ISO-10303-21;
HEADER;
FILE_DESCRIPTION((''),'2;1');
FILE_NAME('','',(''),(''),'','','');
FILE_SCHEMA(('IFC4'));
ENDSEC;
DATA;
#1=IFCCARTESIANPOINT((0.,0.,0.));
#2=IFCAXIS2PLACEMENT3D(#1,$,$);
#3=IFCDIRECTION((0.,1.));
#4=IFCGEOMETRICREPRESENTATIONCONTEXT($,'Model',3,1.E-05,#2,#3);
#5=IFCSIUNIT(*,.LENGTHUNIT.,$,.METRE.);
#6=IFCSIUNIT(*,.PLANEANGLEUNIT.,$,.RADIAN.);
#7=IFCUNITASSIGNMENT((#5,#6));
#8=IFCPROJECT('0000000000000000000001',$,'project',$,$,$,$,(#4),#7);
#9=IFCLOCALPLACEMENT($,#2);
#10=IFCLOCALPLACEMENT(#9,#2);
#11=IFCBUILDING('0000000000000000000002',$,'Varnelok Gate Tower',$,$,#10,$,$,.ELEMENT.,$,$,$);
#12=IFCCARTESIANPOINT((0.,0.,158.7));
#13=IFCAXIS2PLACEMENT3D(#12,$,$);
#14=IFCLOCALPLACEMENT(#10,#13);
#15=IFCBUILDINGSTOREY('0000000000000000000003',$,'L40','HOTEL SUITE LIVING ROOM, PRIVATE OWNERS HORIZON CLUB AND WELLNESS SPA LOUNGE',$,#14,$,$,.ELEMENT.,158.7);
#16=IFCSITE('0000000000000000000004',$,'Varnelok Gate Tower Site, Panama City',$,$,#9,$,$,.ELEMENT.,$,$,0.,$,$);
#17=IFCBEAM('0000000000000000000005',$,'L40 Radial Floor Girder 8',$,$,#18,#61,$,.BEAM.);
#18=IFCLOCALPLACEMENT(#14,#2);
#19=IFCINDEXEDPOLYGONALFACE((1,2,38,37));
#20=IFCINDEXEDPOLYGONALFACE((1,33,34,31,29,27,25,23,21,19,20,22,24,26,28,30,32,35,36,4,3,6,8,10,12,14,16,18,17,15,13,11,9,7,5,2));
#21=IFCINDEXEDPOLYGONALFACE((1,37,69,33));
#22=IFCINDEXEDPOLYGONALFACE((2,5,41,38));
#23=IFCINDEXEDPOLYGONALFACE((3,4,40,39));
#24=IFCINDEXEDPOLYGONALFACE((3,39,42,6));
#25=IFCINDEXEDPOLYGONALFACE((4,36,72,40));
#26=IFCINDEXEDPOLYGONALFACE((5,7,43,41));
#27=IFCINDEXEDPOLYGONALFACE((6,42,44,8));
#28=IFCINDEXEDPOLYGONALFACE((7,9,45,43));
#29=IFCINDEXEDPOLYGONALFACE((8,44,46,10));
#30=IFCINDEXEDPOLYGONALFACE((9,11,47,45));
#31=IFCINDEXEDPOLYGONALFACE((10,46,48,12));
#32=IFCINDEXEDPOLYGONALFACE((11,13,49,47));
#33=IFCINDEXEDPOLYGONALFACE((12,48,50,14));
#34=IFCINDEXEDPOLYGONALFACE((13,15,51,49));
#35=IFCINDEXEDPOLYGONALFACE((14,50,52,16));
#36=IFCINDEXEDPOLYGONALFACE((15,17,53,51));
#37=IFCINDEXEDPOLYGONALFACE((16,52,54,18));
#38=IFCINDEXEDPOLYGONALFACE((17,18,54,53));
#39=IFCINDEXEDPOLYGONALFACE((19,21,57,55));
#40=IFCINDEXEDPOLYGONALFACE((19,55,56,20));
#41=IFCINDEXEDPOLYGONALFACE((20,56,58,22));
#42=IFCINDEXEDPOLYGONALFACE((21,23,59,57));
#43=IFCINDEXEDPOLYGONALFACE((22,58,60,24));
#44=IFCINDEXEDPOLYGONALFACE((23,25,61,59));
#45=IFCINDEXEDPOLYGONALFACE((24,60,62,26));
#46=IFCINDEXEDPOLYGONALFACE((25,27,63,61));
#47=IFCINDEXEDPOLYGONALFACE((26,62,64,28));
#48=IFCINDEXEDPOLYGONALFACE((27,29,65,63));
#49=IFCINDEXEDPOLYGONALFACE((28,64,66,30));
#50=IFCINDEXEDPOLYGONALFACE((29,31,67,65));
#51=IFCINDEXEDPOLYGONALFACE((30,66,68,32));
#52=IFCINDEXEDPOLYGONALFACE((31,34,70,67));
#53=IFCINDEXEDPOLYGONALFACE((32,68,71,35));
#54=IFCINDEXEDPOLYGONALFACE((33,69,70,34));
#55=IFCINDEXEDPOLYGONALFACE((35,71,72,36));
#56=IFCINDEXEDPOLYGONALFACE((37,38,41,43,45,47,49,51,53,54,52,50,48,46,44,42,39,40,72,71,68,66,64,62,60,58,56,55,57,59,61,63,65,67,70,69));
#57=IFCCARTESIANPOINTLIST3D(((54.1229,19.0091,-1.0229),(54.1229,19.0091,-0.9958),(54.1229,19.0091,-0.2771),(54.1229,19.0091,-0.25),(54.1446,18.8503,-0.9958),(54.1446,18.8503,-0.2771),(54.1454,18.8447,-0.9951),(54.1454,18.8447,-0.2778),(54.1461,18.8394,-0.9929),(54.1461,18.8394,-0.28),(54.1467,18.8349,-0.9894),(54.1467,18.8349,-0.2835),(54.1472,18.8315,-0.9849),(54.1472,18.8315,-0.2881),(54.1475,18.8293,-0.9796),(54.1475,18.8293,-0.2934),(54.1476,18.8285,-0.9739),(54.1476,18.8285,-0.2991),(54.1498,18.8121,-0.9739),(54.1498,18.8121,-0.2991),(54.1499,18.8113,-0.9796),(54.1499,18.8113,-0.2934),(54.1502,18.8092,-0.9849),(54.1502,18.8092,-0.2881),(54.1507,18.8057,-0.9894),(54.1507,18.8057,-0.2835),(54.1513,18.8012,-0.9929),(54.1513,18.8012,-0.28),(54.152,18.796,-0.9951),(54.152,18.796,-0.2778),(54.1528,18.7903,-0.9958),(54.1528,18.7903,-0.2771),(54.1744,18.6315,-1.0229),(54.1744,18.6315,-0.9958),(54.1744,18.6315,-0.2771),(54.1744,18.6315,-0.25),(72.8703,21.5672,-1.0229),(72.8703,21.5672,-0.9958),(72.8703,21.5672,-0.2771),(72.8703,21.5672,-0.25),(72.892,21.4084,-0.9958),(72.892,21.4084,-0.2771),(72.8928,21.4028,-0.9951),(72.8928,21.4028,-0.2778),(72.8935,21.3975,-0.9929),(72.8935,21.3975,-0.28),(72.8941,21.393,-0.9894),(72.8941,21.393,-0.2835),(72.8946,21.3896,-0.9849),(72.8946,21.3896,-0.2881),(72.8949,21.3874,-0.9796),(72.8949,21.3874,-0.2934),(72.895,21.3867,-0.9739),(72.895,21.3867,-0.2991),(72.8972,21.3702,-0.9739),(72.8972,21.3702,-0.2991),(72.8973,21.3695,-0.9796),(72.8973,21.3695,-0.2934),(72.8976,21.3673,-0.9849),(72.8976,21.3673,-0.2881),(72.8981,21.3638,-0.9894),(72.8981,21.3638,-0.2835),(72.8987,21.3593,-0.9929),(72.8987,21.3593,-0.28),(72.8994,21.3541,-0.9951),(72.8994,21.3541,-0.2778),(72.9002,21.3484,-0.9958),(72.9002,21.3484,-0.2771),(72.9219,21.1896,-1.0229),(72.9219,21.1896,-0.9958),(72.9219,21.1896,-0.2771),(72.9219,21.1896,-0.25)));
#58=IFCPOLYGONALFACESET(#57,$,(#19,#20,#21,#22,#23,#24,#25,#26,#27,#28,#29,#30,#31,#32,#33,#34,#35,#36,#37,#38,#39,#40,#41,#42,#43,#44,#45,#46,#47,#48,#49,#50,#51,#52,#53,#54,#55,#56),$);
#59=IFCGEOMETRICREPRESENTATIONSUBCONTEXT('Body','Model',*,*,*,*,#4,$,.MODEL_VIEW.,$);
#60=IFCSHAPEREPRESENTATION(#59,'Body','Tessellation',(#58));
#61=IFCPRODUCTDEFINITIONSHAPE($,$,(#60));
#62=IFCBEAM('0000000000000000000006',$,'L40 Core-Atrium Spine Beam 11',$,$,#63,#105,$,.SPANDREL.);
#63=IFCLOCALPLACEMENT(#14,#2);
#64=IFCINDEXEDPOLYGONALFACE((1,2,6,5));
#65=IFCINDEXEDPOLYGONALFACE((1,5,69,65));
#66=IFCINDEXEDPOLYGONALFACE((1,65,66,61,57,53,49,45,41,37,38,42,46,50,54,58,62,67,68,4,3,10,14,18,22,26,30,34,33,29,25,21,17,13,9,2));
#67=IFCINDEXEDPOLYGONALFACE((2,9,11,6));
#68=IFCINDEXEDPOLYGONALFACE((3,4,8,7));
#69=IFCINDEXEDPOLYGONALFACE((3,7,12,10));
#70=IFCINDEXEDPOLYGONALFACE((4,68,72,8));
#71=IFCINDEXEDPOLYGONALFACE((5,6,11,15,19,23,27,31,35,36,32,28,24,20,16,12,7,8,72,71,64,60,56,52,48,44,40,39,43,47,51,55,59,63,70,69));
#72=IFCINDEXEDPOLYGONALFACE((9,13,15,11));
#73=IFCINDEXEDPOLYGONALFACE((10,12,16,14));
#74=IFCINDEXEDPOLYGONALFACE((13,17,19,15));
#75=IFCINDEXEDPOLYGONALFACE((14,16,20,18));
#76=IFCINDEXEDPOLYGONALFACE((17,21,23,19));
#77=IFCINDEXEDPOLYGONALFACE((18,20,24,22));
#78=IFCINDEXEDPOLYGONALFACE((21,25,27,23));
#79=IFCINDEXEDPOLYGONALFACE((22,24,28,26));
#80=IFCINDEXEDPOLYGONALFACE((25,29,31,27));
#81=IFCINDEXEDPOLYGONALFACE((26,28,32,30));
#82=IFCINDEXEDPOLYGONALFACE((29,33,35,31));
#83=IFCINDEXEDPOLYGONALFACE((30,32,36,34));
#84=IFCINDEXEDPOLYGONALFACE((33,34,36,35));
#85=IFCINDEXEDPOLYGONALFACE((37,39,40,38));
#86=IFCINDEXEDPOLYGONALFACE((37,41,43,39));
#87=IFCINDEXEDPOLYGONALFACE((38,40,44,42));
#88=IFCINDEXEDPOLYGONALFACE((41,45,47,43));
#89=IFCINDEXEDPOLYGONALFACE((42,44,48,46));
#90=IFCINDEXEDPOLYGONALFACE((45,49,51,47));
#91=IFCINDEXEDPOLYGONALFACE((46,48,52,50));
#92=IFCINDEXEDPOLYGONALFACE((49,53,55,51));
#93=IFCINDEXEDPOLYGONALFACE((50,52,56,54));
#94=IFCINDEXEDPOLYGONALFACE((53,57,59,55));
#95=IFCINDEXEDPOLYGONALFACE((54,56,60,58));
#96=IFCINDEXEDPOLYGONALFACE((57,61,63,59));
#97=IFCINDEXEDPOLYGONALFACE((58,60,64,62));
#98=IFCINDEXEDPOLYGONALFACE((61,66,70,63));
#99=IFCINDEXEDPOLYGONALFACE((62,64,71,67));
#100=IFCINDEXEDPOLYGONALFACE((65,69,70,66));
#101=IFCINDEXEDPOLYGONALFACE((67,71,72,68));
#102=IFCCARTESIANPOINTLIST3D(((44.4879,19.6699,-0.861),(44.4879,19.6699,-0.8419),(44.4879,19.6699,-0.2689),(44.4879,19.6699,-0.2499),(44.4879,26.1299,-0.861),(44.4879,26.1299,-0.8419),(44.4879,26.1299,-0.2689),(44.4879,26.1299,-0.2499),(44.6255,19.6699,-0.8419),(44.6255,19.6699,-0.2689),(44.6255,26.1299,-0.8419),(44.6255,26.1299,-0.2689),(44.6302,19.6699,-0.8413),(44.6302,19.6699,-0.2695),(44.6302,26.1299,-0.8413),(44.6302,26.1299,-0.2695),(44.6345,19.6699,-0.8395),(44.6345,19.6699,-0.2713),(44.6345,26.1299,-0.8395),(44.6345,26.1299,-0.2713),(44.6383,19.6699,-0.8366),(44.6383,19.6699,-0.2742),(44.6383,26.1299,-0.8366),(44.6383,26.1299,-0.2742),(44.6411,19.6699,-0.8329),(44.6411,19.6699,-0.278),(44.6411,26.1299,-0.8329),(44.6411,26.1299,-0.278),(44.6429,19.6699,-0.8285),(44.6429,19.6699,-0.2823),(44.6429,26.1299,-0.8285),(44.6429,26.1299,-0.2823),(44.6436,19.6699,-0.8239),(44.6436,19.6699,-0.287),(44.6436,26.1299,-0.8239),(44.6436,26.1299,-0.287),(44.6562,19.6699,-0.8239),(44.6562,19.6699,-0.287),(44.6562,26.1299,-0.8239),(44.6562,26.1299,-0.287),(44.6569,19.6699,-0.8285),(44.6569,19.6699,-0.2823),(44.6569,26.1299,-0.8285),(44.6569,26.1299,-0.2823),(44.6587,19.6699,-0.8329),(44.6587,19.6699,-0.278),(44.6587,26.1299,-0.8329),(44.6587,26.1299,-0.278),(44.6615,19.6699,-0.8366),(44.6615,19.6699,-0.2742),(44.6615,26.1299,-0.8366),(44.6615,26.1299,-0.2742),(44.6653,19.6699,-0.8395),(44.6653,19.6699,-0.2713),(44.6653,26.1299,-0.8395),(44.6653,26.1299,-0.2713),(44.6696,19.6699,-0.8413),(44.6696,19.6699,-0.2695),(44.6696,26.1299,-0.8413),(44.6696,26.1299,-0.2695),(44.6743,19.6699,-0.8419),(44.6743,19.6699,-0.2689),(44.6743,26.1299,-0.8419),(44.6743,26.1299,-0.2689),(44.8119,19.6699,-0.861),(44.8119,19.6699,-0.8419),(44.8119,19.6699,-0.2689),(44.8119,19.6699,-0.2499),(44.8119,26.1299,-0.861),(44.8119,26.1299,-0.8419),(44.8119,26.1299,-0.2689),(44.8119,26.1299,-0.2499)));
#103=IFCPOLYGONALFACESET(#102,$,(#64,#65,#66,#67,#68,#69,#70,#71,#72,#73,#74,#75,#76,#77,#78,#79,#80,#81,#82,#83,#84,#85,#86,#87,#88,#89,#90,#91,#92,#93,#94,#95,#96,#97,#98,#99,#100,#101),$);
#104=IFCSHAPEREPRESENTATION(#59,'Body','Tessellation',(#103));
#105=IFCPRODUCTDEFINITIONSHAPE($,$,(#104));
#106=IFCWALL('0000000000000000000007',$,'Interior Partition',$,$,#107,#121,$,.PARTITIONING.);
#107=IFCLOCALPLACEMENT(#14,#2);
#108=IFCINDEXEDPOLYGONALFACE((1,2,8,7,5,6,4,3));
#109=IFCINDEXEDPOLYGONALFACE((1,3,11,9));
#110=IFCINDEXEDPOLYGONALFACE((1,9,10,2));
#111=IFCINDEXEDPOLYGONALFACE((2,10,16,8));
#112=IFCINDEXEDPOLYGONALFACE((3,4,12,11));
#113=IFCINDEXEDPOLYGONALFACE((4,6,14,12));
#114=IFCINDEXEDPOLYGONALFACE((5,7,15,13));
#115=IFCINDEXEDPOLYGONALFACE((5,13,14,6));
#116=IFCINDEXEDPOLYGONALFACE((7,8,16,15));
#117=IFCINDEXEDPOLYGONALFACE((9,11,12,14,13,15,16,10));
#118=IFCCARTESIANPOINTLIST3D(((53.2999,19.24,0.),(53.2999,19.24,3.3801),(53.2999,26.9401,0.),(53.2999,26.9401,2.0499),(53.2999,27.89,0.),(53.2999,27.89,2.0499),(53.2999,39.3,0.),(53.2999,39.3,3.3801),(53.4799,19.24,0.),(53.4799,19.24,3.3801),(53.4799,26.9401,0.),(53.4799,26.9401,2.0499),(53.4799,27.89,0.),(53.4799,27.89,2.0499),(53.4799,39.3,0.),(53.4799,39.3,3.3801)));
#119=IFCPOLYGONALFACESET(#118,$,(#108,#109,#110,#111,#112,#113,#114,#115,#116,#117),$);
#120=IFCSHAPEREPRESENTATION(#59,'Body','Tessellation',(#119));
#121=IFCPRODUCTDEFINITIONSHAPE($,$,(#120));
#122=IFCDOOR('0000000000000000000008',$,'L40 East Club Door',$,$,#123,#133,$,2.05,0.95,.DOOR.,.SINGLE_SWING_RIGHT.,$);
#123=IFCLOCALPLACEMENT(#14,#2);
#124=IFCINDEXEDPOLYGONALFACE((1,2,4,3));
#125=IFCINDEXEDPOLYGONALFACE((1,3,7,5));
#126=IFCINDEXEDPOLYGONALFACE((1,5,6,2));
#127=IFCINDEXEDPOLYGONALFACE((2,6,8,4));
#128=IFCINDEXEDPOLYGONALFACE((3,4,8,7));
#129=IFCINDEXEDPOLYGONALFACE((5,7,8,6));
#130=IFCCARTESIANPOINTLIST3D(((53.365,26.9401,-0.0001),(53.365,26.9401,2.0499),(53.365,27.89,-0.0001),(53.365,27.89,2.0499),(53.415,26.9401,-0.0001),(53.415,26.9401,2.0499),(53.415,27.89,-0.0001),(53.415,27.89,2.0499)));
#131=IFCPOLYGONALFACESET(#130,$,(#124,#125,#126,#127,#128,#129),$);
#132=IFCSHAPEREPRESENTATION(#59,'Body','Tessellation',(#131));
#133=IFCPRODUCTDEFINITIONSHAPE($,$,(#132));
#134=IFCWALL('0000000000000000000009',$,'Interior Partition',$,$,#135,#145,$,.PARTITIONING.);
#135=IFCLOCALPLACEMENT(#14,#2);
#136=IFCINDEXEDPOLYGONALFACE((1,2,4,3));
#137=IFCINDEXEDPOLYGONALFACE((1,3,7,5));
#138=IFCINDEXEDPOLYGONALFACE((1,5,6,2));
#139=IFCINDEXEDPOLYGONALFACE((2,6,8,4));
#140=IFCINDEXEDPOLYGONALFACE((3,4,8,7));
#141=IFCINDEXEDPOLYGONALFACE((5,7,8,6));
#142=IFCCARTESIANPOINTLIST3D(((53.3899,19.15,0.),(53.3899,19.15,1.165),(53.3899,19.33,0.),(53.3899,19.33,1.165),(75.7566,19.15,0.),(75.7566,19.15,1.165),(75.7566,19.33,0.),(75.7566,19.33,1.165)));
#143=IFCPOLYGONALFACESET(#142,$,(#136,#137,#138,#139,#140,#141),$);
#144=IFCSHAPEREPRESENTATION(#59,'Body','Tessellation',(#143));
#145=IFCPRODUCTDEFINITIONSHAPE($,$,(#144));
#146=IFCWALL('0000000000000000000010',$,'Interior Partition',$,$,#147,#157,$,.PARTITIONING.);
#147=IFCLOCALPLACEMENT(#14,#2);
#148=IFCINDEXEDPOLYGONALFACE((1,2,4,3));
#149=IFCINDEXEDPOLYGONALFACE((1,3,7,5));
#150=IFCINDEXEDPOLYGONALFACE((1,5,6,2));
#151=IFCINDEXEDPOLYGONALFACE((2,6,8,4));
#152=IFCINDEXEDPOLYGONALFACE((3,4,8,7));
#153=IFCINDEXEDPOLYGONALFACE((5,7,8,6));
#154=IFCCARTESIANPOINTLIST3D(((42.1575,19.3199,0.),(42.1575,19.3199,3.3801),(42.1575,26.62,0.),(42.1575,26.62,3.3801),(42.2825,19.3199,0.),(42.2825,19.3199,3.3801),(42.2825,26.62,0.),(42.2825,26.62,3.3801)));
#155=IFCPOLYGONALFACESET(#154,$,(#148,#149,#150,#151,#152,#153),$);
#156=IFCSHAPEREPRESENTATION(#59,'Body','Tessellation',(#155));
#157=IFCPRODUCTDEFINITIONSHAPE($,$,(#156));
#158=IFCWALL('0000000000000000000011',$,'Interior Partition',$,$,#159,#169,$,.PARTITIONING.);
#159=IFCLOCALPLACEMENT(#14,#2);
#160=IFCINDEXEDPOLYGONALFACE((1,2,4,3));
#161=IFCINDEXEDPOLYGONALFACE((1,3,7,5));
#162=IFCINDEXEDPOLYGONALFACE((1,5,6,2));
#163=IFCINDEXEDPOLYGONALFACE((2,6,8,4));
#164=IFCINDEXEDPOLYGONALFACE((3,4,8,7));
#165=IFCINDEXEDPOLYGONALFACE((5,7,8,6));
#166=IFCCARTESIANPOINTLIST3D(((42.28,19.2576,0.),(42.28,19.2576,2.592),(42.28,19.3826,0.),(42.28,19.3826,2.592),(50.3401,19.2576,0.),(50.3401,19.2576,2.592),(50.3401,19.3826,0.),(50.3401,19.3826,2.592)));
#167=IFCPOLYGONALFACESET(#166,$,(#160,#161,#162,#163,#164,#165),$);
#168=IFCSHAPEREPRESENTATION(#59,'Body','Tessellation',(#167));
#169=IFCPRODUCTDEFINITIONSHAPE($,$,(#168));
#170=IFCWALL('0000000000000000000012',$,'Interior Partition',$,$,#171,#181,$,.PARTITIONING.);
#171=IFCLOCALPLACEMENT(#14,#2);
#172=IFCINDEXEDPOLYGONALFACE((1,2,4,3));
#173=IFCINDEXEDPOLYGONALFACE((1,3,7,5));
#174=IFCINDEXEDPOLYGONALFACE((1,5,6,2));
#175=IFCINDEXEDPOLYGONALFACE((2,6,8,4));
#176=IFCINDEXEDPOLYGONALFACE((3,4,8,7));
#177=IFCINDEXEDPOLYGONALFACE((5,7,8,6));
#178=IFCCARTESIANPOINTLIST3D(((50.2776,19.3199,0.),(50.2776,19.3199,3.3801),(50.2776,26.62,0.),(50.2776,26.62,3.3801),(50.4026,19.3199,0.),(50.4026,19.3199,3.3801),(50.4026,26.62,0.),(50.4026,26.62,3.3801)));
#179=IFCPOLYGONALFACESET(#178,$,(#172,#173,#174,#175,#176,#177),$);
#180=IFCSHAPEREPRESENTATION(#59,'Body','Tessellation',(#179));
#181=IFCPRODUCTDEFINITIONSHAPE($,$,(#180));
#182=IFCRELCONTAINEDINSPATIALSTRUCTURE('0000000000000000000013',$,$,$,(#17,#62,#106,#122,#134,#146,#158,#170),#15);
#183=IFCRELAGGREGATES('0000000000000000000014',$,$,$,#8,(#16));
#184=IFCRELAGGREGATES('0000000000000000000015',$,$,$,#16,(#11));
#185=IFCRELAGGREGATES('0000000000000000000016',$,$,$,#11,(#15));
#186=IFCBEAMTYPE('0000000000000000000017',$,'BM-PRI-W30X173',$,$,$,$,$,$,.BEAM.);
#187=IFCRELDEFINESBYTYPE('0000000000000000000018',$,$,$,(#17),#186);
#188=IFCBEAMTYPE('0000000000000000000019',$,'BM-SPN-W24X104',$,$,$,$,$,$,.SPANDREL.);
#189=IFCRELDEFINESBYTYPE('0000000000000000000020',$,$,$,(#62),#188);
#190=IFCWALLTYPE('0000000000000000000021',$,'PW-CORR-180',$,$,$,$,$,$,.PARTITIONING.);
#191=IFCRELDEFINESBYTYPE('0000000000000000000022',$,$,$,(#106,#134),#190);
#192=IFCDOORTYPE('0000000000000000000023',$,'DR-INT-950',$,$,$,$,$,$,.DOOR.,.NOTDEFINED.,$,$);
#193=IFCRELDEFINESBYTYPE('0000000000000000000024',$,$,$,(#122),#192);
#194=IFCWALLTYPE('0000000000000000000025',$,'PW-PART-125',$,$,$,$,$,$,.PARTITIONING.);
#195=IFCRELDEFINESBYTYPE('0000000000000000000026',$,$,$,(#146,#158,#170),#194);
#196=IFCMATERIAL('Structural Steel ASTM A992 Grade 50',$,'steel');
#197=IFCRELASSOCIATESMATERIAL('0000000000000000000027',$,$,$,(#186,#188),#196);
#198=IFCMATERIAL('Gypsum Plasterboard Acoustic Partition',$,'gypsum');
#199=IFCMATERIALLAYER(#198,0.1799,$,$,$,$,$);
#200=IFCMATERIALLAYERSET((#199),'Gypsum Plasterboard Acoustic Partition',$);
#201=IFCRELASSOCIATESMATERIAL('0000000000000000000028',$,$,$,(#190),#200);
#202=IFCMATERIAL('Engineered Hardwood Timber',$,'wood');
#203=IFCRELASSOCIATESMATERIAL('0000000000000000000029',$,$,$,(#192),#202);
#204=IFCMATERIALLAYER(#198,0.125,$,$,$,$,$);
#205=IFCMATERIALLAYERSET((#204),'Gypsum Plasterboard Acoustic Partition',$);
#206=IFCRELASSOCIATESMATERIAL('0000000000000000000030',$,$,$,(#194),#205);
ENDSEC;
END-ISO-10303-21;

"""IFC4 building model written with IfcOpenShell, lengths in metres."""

from ifc_helpers import new_model, si_unit, direction, frame, frame_2d, origin, origin_2d, place, context, subcontext, project, spatial, rectangle, i_section, extrude, material, layer, layer_set, material_profile, profile_set, type_object, element, fill, save


model = new_model("IFC4")

# Units and contexts
model_context = context("Model", 3, precision=1e-05, world=origin(), true_north=direction((0.0, 1.0)))
body_context = subcontext(model_context, "Body", "Model", "MODEL_VIEW")
ifc_project = project(units=[si_unit("LENGTHUNIT", "METRE"), si_unit("PLANEANGLEUNIT", "RADIAN")], contexts=[model_context])

# Site, building, storey
site_placement = place(None, origin())
site = spatial("IfcSite", under=ifc_project, at=site_placement, Name="Varnelok Gate Tower Site, Panama City", CompositionType="ELEMENT", RefElevation=0.0)
building_placement = place(site_placement, origin())
building = spatial("IfcBuilding", under=site, at=building_placement, Name="Varnelok Gate Tower", CompositionType="ELEMENT")
storey_placement = place(building_placement, frame((0.0, 0.0, 158.7)))
storey = spatial("IfcBuildingStorey", under=building, at=storey_placement, Name="L40", Description="HOTEL SUITE LIVING ROOM, PRIVATE OWNERS HORIZON CLUB AND WELLNESS SPA LOUNGE", CompositionType="ELEMENT", Elevation=158.7)

# Shared definitions
ifc_material_1 = material(Name="Structural Steel ASTM A992 Grade 50", Category="steel")

# Beams
ifc_material_profile_1 = material_profile(ifc_material_1, i_section(OverallWidth=0.3811, OverallDepth=0.7729, WebThickness=0.0166, FlangeThickness=0.0271, FilletRadius=0.022, at=origin_2d()), Name="W30X173")
ifc_profile_set_1 = profile_set([ifc_material_profile_1], Name="Structural Steel ASTM A992 Grade 50")
beam_type_1 = type_object("IfcBeamType", Name="BM-PRI-W30X173", PredefinedType="BEAM", material=ifc_profile_set_1)
beam_1_placement = place(storey_placement, frame((54.1487, 18.8203, -0.6365), z_axis=(0.990818, 0.135199, 0.0), x_axis=(-0.135199, 0.990818, 0.0)))
element("IfcBeam", 1, at=beam_1_placement, inside=storey, type_object=beam_type_1, Name="L40 Radial Floor Girder 8", PredefinedType="BEAM", context=body_context, shape_type="SweptSolid", body=[
    extrude(i_section(OverallWidth=0.3811, OverallDepth=0.7729, WebThickness=0.0166, FlangeThickness=0.0271, FilletRadius=0.022, at=origin_2d()), origin(), (0.0, 0.0, 1.0), 18.9211),
])
ifc_material_profile_2 = material_profile(ifc_material_1, i_section(OverallWidth=0.324, OverallDepth=0.6111, WebThickness=0.0127, FlangeThickness=0.019, FilletRadius=0.0181, at=origin_2d()), Name="W24X104")
ifc_profile_set_2 = profile_set([ifc_material_profile_2], Name="Structural Steel ASTM A992 Grade 50")
beam_type_2 = type_object("IfcBeamType", Name="BM-SPN-W24X104", PredefinedType="SPANDREL", material=ifc_profile_set_2)
beam_2_placement = place(storey_placement, frame((44.6499, 19.6699, -0.5554), z_axis=(0.0, 1.0, 0.0), x_axis=(-1.0, 0.0, 0.0)))
element("IfcBeam", 2, at=beam_2_placement, inside=storey, type_object=beam_type_2, Name="L40 Core-Atrium Spine Beam 11", PredefinedType="SPANDREL", context=body_context, shape_type="SweptSolid", body=[
    extrude(i_section(OverallWidth=0.324, OverallDepth=0.6111, WebThickness=0.0127, FlangeThickness=0.019, FilletRadius=0.0181, at=origin_2d()), origin(), (0.0, 0.0, 1.0), 6.46),
])

# Wall, opening, door
ifc_material_2 = material(Name="Gypsum Plasterboard Acoustic Partition", Category="gypsum")
ifc_layer_1 = layer(ifc_material_2, 0.1799)
ifc_layer_set_1 = layer_set([ifc_layer_1], Name="Gypsum Plasterboard Acoustic Partition")
wall_type_1 = type_object("IfcWallType", Name="PW-CORR-180", PredefinedType="PARTITIONING", material=ifc_layer_set_1)
wall_1_placement = place(storey_placement, frame((53.3899, 19.24, 0.0), z_axis=(0.0, 0.0, 1.0), x_axis=(0.0, 1.0, 0.0)))
wall_1 = element("IfcWall", 3, at=wall_1_placement, inside=storey, type_object=wall_type_1, Name="Interior Partition", PredefinedType="PARTITIONING", context=body_context, shape_type="SweptSolid", body=[
    extrude(rectangle(XDim=20.0601, YDim=0.1799, at=frame_2d((10.03, 0.0))), origin(), (0.0, 0.0, 1.0), 3.3801),
])
opening_placement = place(wall_1_placement, frame((7.7, 0.0, 0.0)))
opening = element("IfcOpeningElement", 4, at=opening_placement, cuts=wall_1, PredefinedType="OPENING", context=body_context, shape_type="SweptSolid", body=[
    extrude(rectangle(XDim=0.95, YDim=2.05, at=frame_2d((0.4751, 1.0249))), frame((0.0, 0.0999, 0.0), z_axis=(0.0, -1.0, 0.0), x_axis=(1.0, 0.0, 0.0)), (0.0, 0.0, 1.0), 0.2),
])
ifc_material_3 = material(Name="Engineered Hardwood Timber", Category="wood")
door_type = type_object("IfcDoorType", Name="DR-INT-950", OperationType="NOTDEFINED", PredefinedType="DOOR", material=ifc_material_3)
door_placement = place(opening_placement, origin())
door = element("IfcDoor", 5, at=door_placement, inside=storey, type_object=door_type, Name="L40 East Club Door", OperationType="SINGLE_SWING_RIGHT", OverallHeight=2.05, OverallWidth=0.95, PredefinedType="DOOR", context=body_context, shape_type="SweptSolid", body=[
    extrude(rectangle(XDim=0.95, YDim=2.05, at=frame_2d((0.4751, 1.0249))), frame((0.0, 0.0249, 0.0), z_axis=(0.0, -1.0, 0.0), x_axis=(1.0, 0.0, 0.0)), (0.0, 0.0, 1.0), 0.05),
])
fill(opening, door)

# Walls
wall_2_placement = place(storey_placement, frame((53.3899, 19.24, 0.0), z_axis=(0.0, 0.0, 1.0), x_axis=(1.0, 0.0, 0.0)))
element("IfcWall", 6, at=wall_2_placement, inside=storey, type_object=wall_type_1, Name="Interior Partition", PredefinedType="PARTITIONING", context=body_context, shape_type="SweptSolid", body=[
    extrude(rectangle(XDim=22.3667, YDim=0.1799, at=frame_2d((11.1833, 0.0))), origin(), (0.0, 0.0, 1.0), 1.165),
])
ifc_layer_2 = layer(ifc_material_2, 0.125)
ifc_layer_set_2 = layer_set([ifc_layer_2], Name="Gypsum Plasterboard Acoustic Partition")
wall_type_2 = type_object("IfcWallType", Name="PW-PART-125", PredefinedType="PARTITIONING", material=ifc_layer_set_2)
wall_3_placement = place(storey_placement, frame((42.22, 19.3201, 0.0), z_axis=(0.0, 0.0, 1.0), x_axis=(0.0, 1.0, 0.0)))
element("IfcWall", 7, at=wall_3_placement, inside=storey, type_object=wall_type_2, Name="Interior Partition", PredefinedType="PARTITIONING", context=body_context, shape_type="SweptSolid", body=[
    extrude(rectangle(XDim=7.3, YDim=0.125, at=frame_2d((3.6499, 0.0))), origin(), (0.0, 0.0, 1.0), 3.3801),
])
wall_4_placement = place(storey_placement, frame((42.28, 19.3201, 0.0), z_axis=(0.0, 0.0, 1.0), x_axis=(1.0, 0.0, 0.0)))
element("IfcWall", 8, at=wall_4_placement, inside=storey, type_object=wall_type_2, Name="Interior Partition", PredefinedType="PARTITIONING", context=body_context, shape_type="SweptSolid", body=[
    extrude(rectangle(XDim=8.0601, YDim=0.125, at=frame_2d((4.03, 0.0))), origin(), (0.0, 0.0, 1.0), 2.592),
])
wall_5_placement = place(storey_placement, frame((50.3401, 19.3201, 0.0), z_axis=(0.0, 0.0, 1.0), x_axis=(0.0, 1.0, 0.0)))
element("IfcWall", 9, at=wall_5_placement, inside=storey, type_object=wall_type_2, Name="Interior Partition", PredefinedType="PARTITIONING", context=body_context, shape_type="SweptSolid", body=[
    extrude(rectangle(XDim=7.3, YDim=0.125, at=frame_2d((3.6499, 0.0))), origin(), (0.0, 0.0, 1.0), 3.3801),
])

save(model, "model.ifc")
